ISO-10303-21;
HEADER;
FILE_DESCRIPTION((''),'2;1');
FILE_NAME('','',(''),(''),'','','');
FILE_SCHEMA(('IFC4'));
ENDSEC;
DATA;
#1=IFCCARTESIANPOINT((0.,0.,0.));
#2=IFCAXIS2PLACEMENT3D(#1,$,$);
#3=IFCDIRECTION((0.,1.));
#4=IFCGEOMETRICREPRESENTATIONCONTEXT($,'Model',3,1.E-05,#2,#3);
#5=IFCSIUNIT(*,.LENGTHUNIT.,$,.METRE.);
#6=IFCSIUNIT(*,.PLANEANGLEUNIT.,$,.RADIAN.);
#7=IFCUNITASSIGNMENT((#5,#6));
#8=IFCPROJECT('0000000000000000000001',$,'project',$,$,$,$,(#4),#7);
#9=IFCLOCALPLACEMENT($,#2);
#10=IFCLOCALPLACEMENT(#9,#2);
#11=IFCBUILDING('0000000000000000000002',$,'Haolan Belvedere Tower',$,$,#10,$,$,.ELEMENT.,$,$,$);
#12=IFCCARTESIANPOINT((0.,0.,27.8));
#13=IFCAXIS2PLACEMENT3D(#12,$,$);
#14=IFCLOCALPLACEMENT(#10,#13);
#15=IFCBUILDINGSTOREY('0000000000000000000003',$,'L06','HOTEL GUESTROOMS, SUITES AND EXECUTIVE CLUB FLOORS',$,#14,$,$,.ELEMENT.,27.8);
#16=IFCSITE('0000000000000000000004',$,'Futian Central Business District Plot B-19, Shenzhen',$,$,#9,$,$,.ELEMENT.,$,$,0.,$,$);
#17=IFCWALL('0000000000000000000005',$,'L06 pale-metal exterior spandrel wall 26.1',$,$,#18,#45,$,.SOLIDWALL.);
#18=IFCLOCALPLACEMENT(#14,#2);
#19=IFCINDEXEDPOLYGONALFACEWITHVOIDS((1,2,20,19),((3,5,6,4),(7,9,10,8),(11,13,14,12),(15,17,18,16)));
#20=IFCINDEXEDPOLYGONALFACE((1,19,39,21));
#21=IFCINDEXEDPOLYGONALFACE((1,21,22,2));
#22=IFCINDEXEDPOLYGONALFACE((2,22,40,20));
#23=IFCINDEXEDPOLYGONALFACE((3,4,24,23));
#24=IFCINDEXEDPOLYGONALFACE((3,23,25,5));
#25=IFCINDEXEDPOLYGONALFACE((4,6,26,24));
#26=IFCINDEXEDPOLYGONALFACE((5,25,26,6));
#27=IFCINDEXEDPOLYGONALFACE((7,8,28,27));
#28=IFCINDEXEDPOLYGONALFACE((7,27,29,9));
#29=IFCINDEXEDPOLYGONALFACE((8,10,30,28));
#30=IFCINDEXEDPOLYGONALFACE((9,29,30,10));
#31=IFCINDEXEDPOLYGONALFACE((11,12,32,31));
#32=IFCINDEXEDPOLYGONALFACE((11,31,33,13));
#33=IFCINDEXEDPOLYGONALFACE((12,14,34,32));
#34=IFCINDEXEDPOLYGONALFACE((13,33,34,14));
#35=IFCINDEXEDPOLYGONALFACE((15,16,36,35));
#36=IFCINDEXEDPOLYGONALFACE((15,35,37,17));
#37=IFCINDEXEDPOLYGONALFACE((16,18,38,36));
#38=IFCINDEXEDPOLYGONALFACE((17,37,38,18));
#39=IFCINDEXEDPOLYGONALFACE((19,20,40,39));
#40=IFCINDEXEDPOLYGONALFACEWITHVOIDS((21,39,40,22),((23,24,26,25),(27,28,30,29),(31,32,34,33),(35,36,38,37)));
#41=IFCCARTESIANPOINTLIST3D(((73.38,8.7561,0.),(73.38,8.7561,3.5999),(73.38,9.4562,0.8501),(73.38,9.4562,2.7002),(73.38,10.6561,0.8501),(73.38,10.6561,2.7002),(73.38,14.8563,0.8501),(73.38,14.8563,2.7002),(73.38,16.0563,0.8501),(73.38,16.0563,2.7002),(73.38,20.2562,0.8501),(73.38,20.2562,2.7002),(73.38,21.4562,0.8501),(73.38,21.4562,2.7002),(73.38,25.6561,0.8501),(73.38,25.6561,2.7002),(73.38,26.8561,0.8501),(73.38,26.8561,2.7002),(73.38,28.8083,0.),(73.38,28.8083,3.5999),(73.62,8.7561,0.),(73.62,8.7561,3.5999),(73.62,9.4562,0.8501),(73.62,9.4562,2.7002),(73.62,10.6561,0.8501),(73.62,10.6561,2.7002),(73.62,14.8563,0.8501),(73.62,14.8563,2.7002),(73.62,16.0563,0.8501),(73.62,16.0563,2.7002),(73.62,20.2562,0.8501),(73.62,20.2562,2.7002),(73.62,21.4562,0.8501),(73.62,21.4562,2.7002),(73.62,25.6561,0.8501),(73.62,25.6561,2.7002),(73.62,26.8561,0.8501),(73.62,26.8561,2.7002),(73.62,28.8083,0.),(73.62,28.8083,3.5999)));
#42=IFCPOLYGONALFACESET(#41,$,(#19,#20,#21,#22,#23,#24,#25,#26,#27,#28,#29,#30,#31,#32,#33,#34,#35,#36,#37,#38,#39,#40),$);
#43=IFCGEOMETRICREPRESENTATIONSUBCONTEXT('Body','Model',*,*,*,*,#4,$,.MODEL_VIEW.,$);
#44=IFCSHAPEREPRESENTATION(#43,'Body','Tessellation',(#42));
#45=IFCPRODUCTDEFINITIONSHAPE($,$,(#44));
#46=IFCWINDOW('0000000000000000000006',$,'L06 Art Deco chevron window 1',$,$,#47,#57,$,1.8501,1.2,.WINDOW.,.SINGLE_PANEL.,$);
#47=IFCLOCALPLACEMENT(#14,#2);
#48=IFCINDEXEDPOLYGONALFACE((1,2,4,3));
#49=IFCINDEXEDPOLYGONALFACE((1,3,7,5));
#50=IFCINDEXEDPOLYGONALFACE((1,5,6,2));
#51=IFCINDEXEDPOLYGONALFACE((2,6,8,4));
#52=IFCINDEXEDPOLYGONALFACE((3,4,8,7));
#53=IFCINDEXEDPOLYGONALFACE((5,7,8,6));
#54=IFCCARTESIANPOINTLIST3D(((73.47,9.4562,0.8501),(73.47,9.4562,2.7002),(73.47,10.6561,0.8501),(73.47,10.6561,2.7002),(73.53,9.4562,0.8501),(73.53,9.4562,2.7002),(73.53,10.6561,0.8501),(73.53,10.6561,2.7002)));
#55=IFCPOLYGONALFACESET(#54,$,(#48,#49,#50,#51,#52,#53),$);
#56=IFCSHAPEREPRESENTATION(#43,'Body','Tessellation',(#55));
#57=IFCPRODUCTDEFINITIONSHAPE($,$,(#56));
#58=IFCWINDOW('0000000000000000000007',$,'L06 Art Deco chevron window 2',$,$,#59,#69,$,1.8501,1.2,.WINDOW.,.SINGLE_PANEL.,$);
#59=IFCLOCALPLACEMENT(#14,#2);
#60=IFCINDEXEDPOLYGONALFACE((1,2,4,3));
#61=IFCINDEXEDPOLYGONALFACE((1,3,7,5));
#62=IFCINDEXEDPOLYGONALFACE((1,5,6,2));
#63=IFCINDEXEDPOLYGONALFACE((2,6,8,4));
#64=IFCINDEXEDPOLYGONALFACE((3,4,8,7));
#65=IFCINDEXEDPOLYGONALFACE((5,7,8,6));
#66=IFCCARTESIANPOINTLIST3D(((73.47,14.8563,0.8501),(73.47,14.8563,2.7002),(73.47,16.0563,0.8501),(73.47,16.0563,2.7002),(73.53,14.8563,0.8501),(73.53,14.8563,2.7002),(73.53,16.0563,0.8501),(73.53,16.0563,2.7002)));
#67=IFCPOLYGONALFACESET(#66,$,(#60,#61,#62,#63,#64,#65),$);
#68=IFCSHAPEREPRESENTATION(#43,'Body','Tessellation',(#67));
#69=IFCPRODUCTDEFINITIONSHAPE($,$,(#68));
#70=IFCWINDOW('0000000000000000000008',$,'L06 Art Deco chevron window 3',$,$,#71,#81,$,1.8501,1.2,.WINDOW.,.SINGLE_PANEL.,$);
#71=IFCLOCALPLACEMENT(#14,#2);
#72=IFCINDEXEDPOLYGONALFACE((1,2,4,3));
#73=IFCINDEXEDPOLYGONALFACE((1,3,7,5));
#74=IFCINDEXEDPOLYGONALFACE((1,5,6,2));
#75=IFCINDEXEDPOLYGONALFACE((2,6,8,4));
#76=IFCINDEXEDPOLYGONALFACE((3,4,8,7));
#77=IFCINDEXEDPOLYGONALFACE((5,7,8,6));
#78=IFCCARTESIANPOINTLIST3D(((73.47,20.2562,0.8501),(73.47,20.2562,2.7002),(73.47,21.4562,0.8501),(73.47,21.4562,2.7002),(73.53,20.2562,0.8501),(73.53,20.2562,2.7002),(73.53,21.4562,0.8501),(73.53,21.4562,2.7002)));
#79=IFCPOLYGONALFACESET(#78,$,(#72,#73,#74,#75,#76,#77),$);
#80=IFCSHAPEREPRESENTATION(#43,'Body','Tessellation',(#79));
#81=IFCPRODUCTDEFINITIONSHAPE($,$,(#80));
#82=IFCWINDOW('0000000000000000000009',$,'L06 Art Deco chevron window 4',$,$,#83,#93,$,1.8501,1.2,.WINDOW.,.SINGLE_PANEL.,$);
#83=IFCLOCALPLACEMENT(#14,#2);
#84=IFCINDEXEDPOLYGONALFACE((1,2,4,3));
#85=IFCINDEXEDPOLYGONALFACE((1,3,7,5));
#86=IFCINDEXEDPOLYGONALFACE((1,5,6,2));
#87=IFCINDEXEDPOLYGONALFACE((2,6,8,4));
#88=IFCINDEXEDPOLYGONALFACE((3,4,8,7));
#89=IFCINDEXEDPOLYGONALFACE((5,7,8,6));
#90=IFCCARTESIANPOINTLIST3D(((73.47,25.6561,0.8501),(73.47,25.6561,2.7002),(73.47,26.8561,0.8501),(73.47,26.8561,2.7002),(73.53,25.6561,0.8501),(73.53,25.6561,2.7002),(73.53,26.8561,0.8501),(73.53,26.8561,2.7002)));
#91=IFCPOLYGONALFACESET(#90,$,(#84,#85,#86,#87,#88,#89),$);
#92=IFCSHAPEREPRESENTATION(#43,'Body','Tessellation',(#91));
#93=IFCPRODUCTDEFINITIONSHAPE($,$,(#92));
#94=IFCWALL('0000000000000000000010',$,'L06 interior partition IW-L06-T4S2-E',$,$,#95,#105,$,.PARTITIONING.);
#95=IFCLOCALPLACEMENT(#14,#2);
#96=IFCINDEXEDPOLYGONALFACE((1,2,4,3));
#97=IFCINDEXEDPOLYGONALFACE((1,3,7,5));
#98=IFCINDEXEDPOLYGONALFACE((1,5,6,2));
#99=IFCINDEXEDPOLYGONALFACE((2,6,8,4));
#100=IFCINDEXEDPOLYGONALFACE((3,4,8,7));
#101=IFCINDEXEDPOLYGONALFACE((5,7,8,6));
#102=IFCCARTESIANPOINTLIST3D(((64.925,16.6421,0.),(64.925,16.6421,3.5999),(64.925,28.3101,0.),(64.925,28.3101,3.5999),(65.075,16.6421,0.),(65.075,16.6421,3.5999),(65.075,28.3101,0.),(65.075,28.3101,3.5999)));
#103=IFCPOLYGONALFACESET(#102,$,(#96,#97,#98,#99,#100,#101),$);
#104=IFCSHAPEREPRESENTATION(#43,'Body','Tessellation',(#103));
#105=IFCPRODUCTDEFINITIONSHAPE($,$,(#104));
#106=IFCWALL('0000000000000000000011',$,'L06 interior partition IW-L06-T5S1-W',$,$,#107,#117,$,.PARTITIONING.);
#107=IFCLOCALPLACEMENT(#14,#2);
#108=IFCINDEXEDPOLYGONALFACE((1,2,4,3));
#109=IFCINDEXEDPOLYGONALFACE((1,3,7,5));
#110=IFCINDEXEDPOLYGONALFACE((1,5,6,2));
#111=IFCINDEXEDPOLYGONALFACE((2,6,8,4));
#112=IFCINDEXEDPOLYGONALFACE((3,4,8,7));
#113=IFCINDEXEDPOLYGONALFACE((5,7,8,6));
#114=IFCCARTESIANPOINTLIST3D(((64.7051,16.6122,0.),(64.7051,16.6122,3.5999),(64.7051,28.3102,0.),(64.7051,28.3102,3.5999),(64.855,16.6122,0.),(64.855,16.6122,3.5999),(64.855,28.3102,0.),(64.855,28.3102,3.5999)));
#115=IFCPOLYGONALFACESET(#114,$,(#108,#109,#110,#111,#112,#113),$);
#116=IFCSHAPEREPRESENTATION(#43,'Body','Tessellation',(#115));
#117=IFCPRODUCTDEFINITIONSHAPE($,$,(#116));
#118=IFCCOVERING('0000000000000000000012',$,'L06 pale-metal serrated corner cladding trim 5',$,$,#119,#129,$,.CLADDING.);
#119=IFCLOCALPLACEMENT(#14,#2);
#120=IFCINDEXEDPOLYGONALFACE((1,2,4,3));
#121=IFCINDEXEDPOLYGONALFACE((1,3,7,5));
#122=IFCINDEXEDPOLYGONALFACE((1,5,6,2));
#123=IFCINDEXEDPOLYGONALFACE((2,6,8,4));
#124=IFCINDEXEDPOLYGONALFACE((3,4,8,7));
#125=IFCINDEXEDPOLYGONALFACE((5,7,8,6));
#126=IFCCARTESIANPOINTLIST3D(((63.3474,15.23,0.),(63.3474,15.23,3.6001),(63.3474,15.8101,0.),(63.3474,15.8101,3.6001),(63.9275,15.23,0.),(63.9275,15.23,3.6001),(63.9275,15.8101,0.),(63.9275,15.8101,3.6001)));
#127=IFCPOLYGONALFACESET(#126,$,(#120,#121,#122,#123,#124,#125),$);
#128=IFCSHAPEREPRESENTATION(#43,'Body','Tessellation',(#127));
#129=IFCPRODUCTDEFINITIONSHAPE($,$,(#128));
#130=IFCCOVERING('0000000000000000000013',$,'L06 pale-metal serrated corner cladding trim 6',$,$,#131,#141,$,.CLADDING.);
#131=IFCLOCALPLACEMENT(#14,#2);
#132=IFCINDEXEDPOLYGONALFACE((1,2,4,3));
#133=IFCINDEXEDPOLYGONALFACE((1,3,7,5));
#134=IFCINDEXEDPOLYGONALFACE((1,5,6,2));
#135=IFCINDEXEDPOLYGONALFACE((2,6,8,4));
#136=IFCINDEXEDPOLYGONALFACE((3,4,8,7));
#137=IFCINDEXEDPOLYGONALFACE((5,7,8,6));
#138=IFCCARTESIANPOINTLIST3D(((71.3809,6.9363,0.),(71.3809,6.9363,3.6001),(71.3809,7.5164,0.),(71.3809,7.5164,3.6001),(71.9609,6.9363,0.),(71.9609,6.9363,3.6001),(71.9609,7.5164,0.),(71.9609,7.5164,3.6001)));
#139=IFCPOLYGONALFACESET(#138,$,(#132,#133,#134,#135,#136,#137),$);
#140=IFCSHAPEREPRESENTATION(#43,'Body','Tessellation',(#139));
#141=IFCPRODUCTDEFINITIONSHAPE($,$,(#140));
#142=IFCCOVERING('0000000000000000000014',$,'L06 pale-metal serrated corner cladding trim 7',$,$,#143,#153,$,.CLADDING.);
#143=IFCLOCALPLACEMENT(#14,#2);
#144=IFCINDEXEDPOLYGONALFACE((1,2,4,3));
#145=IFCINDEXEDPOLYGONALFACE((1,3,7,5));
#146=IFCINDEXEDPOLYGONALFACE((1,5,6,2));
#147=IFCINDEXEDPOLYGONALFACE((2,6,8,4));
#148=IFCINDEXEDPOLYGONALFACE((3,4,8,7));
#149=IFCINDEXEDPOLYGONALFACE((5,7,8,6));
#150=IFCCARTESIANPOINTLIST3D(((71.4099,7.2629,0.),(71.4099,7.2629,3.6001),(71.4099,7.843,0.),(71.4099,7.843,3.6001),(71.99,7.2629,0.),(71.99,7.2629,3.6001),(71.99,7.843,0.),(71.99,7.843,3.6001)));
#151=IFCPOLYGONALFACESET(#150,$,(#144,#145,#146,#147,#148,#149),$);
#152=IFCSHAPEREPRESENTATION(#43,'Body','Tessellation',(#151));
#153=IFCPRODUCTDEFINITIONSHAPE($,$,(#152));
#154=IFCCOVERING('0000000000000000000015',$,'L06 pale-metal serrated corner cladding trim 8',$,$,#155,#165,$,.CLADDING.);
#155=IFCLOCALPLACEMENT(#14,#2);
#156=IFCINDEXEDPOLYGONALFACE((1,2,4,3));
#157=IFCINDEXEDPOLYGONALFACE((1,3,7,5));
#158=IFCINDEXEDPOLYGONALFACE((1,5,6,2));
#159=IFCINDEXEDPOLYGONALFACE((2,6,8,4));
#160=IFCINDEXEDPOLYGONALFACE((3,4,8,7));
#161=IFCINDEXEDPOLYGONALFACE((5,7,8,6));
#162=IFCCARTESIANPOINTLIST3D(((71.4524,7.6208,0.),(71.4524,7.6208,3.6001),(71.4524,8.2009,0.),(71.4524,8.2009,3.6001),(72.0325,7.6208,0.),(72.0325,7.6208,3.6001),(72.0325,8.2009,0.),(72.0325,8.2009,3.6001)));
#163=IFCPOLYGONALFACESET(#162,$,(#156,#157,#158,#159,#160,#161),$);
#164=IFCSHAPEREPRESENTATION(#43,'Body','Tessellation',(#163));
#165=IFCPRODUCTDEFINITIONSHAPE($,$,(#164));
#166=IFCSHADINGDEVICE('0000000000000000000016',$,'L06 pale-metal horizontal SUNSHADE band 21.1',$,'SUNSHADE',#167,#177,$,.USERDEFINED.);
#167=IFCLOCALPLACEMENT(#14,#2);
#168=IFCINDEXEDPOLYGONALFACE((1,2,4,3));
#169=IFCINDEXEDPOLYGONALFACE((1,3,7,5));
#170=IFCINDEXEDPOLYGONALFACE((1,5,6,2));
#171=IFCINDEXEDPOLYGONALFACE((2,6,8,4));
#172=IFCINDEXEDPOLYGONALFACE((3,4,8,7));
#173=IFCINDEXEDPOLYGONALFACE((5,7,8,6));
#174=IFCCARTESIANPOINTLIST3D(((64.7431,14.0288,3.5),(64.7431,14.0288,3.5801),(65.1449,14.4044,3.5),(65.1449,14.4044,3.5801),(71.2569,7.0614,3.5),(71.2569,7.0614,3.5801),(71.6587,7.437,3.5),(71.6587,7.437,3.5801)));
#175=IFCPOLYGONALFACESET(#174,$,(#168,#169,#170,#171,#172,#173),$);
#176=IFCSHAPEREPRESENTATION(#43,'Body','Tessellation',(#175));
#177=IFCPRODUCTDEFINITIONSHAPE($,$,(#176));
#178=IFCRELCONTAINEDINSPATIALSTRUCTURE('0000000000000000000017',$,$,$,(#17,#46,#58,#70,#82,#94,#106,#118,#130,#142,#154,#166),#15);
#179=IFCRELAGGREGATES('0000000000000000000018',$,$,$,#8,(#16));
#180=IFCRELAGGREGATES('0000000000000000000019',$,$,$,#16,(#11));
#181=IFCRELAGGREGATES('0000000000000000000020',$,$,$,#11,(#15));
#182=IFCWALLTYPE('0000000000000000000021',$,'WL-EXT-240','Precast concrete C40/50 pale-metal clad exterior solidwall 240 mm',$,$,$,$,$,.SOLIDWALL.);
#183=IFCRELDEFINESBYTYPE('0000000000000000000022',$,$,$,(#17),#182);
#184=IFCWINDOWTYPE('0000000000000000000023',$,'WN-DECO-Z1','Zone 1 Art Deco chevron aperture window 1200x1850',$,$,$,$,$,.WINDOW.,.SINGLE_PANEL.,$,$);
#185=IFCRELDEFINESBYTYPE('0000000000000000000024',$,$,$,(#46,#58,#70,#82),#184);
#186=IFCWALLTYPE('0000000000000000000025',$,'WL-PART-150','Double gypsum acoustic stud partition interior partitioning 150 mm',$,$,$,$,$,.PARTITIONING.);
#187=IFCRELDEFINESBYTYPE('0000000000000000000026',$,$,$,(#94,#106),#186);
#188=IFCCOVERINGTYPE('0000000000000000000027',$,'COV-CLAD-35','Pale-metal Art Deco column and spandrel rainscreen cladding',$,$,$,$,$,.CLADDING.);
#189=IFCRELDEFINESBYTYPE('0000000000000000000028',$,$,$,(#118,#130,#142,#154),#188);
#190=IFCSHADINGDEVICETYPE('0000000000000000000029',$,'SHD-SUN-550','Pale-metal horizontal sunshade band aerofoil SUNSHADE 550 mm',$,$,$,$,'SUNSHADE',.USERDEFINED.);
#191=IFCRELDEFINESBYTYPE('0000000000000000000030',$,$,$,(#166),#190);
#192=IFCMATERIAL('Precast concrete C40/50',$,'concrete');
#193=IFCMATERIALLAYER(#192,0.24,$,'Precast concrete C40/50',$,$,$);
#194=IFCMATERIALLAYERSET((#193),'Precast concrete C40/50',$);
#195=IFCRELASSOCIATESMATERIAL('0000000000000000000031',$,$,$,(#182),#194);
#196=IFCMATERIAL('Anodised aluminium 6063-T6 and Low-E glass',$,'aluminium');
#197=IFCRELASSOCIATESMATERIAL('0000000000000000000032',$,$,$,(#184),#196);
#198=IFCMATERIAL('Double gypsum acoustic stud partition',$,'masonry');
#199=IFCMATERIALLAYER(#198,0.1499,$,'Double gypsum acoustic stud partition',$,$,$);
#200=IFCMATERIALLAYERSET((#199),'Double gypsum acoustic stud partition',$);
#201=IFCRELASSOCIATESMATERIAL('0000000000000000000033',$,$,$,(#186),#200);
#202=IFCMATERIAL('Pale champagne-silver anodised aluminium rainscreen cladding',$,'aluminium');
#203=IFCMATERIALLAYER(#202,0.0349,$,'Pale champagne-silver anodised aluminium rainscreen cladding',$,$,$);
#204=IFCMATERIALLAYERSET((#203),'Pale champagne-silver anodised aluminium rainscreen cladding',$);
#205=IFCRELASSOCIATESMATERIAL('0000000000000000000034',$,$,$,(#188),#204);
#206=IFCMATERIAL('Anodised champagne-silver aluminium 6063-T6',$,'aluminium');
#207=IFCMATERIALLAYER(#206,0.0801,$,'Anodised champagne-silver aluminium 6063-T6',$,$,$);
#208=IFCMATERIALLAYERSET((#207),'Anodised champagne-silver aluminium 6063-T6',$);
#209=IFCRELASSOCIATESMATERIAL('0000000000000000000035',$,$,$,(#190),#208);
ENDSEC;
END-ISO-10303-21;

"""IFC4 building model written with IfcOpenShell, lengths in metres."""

from ifc_helpers import new_model, si_unit, direction, frame, frame_2d, origin, origin_2d, place, context, subcontext, project, spatial, rectangle, extrude, material, layer, layer_set, type_object, element, fill, save


model = new_model("IFC4")

# Units and contexts
model_context = context("Model", 3, precision=1e-05, world=origin(), true_north=direction((0.0, 1.0)))
body_context = subcontext(model_context, "Body", "Model", "MODEL_VIEW")
ifc_project = project(units=[si_unit("LENGTHUNIT", "METRE"), si_unit("PLANEANGLEUNIT", "RADIAN")], contexts=[model_context])

# Site, building, storey
site_placement = place(None, origin())
site = spatial("IfcSite", under=ifc_project, at=site_placement, Name="Futian Central Business District Plot B-19, Shenzhen", CompositionType="ELEMENT", RefElevation=0.0)
building_placement = place(site_placement, origin())
building = spatial("IfcBuilding", under=site, at=building_placement, Name="Haolan Belvedere Tower", CompositionType="ELEMENT")
storey_placement = place(building_placement, frame((0.0, 0.0, 27.8)))
storey = spatial("IfcBuildingStorey", under=building, at=storey_placement, Name="L06", Description="HOTEL GUESTROOMS, SUITES AND EXECUTIVE CLUB FLOORS", CompositionType="ELEMENT", Elevation=27.8)

# Shared definitions
ifc_material_1 = material(Name="Precast concrete C40/50", Category="concrete")
ifc_layer_1 = layer(ifc_material_1, 0.24, Name="Precast concrete C40/50")
ifc_layer_set_1 = layer_set([ifc_layer_1], Name="Precast concrete C40/50")
wall_type_1 = type_object("IfcWallType", Name="WL-EXT-240", Description="Precast concrete C40/50 pale-metal clad exterior solidwall 240 mm", PredefinedType="SOLIDWALL", material=ifc_layer_set_1)

# Shared definitions
ifc_material_2 = material(Name="Anodised aluminium 6063-T6 and Low-E glass", Category="aluminium")
window_type = type_object("IfcWindowType", Name="WN-DECO-Z1", Description="Zone 1 Art Deco chevron aperture window 1200x1850", PartitioningType="SINGLE_PANEL", PredefinedType="WINDOW", material=ifc_material_2)

# Wall, openings, windows
wall_1_placement = place(storey_placement, frame((73.5, 8.7561, 0.0), z_axis=(0.0, 0.0, 1.0), x_axis=(0.0, 1.0, 0.0)))
wall_1 = element("IfcWall", 1, at=wall_1_placement, inside=storey, type_object=wall_type_1, Name="L06 pale-metal exterior spandrel wall 26.1", PredefinedType="SOLIDWALL", context=body_context, shape_type="SweptSolid", body=[
    extrude(rectangle(XDim=20.0522, YDim=0.24, at=frame_2d((10.0261, 0.0))), origin(), (0.0, 0.0, 1.0), 3.5999),
])
opening_1_placement = place(wall_1_placement, frame((0.7, 0.0, 0.8501)))
opening_1 = element("IfcOpeningElement", 2, at=opening_1_placement, cuts=wall_1, PredefinedType="OPENING", context=body_context, shape_type="SweptSolid", body=[
    extrude(rectangle(XDim=1.2, YDim=1.8501, at=frame_2d((0.6001, 0.925))), frame((0.0, 0.1299, 0.0), z_axis=(0.0, -1.0, 0.0), x_axis=(1.0, 0.0, 0.0)), (0.0, 0.0, 1.0), 0.26),
])
opening_2_placement = place(wall_1_placement, frame((6.1001, 0.0, 0.8501)))
opening_2 = element("IfcOpeningElement", 3, at=opening_2_placement, cuts=wall_1, PredefinedType="OPENING", context=body_context, shape_type="SweptSolid", body=[
    extrude(rectangle(XDim=1.2, YDim=1.8501, at=frame_2d((0.6001, 0.925))), frame((0.0, 0.1299, 0.0), z_axis=(0.0, -1.0, 0.0), x_axis=(1.0, 0.0, 0.0)), (0.0, 0.0, 1.0), 0.26),
])
opening_3_placement = place(wall_1_placement, frame((11.5, 0.0, 0.8501)))
opening_3 = element("IfcOpeningElement", 4, at=opening_3_placement, cuts=wall_1, PredefinedType="OPENING", context=body_context, shape_type="SweptSolid", body=[
    extrude(rectangle(XDim=1.2, YDim=1.8501, at=frame_2d((0.6001, 0.925))), frame((0.0, 0.1299, 0.0), z_axis=(0.0, -1.0, 0.0), x_axis=(1.0, 0.0, 0.0)), (0.0, 0.0, 1.0), 0.26),
])
opening_4_placement = place(wall_1_placement, frame((16.8999, 0.0, 0.8501)))
opening_4 = element("IfcOpeningElement", 5, at=opening_4_placement, cuts=wall_1, PredefinedType="OPENING", context=body_context, shape_type="SweptSolid", body=[
    extrude(rectangle(XDim=1.2, YDim=1.8501, at=frame_2d((0.6001, 0.925))), frame((0.0, 0.1299, 0.0), z_axis=(0.0, -1.0, 0.0), x_axis=(1.0, 0.0, 0.0)), (0.0, 0.0, 1.0), 0.26),
])
window_1_placement = place(opening_1_placement, origin())
window_1 = element("IfcWindow", 6, at=window_1_placement, inside=storey, type_object=window_type, Name="L06 Art Deco chevron window 1", OverallHeight=1.8501, OverallWidth=1.2, PartitioningType="SINGLE_PANEL", PredefinedType="WINDOW", context=body_context, shape_type="SweptSolid", body=[
    extrude(rectangle(XDim=1.2, YDim=1.8501, at=frame_2d((0.6001, 0.925))), frame((0.0, 0.03, 0.0), z_axis=(0.0, -1.0, 0.0), x_axis=(1.0, 0.0, 0.0)), (0.0, 0.0, 1.0), 0.0601),
])
fill(opening_1, window_1)
window_2_placement = place(opening_2_placement, origin())
window_2 = element("IfcWindow", 7, at=window_2_placement, inside=storey, type_object=window_type, Name="L06 Art Deco chevron window 2", OverallHeight=1.8501, OverallWidth=1.2, PartitioningType="SINGLE_PANEL", PredefinedType="WINDOW", context=body_context, shape_type="SweptSolid", body=[
    extrude(rectangle(XDim=1.2, YDim=1.8501, at=frame_2d((0.6001, 0.925))), frame((0.0, 0.03, 0.0), z_axis=(0.0, -1.0, 0.0), x_axis=(1.0, 0.0, 0.0)), (0.0, 0.0, 1.0), 0.0601),
])
fill(opening_2, window_2)
window_3_placement = place(opening_3_placement, origin())
window_3 = element("IfcWindow", 8, at=window_3_placement, inside=storey, type_object=window_type, Name="L06 Art Deco chevron window 3", OverallHeight=1.8501, OverallWidth=1.2, PartitioningType="SINGLE_PANEL", PredefinedType="WINDOW", context=body_context, shape_type="SweptSolid", body=[
    extrude(rectangle(XDim=1.2, YDim=1.8501, at=frame_2d((0.6001, 0.925))), frame((0.0, 0.03, 0.0), z_axis=(0.0, -1.0, 0.0), x_axis=(1.0, 0.0, 0.0)), (0.0, 0.0, 1.0), 0.0601),
])
fill(opening_3, window_3)
window_4_placement = place(opening_4_placement, origin())
window_4 = element("IfcWindow", 9, at=window_4_placement, inside=storey, type_object=window_type, Name="L06 Art Deco chevron window 4", OverallHeight=1.8501, OverallWidth=1.2, PartitioningType="SINGLE_PANEL", PredefinedType="WINDOW", context=body_context, shape_type="SweptSolid", body=[
    extrude(rectangle(XDim=1.2, YDim=1.8501, at=frame_2d((0.6001, 0.925))), frame((0.0, 0.03, 0.0), z_axis=(0.0, -1.0, 0.0), x_axis=(1.0, 0.0, 0.0)), (0.0, 0.0, 1.0), 0.0601),
])
fill(opening_4, window_4)

# Walls
ifc_material_3 = material(Name="Double gypsum acoustic stud partition", Category="masonry")
ifc_layer_2 = layer(ifc_material_3, 0.1499, Name="Double gypsum acoustic stud partition")
ifc_layer_set_2 = layer_set([ifc_layer_2], Name="Double gypsum acoustic stud partition")
wall_type_2 = type_object("IfcWallType", Name="WL-PART-150", Description="Double gypsum acoustic stud partition interior partitioning 150 mm", PredefinedType="PARTITIONING", material=ifc_layer_set_2)
wall_2_placement = place(storey_placement, frame((65.0, 16.6421, 0.0), z_axis=(0.0, 0.0, 1.0), x_axis=(0.0, 1.0, 0.0)))
element("IfcWall", 10, at=wall_2_placement, inside=storey, type_object=wall_type_2, Name="L06 interior partition IW-L06-T4S2-E", PredefinedType="PARTITIONING", context=body_context, shape_type="SweptSolid", body=[
    extrude(rectangle(XDim=11.668, YDim=0.1499, at=frame_2d((5.834, 0.0))), origin(), (0.0, 0.0, 1.0), 3.5999),
])
wall_3_placement = place(storey_placement, frame((64.78, 16.6121, 0.0), z_axis=(0.0, 0.0, 1.0), x_axis=(0.0, 1.0, 0.0)))
element("IfcWall", 11, at=wall_3_placement, inside=storey, type_object=wall_type_2, Name="L06 interior partition IW-L06-T5S1-W", PredefinedType="PARTITIONING", context=body_context, shape_type="SweptSolid", body=[
    extrude(rectangle(XDim=11.698, YDim=0.1499, at=frame_2d((5.8491, 0.0))), origin(), (0.0, 0.0, 1.0), 3.5999),
])

# Coverings
ifc_material_4 = material(Name="Pale champagne-silver anodised aluminium rainscreen cladding", Category="aluminium")
ifc_layer_3 = layer(ifc_material_4, 0.0349, Name="Pale champagne-silver anodised aluminium rainscreen cladding")
ifc_layer_set_3 = layer_set([ifc_layer_3], Name="Pale champagne-silver anodised aluminium rainscreen cladding")
covering_type = type_object("IfcCoveringType", Name="COV-CLAD-35", Description="Pale-metal Art Deco column and spandrel rainscreen cladding", PredefinedType="CLADDING", material=ifc_layer_set_3)
for number, where, z_axis, x_axis, name in (
    (12, (63.6375, 15.52, 0.0), (0.0, 0.0, 1.0), (1.0, 0.0, 0.0), "L06 pale-metal serrated corner cladding trim 5"),
    (13, (71.6709, 7.2263, 0.0), (0.0, 0.0, 1.0), (1.0, 0.0, 0.0), "L06 pale-metal serrated corner cladding trim 6"),
    (14, (71.7, 7.553, 0.0), (0.0, 0.0, 1.0), (1.0, 0.0, 0.0), "L06 pale-metal serrated corner cladding trim 7"),
    (15, (71.7424, 7.9109, 0.0), (0.0, 0.0, 1.0), (1.0, 0.0, 0.0), "L06 pale-metal serrated corner cladding trim 8"),
):
    element("IfcCovering", number, at=place(storey_placement, frame(where, z_axis=z_axis, x_axis=x_axis)), inside=storey, type_object=covering_type, Name=name, PredefinedType="CLADDING", context=body_context, shape_type="SweptSolid", body=[
        extrude(rectangle(XDim=0.5801, YDim=0.5801, at=origin_2d()), origin(), (0.0, 0.0, 1.0), 3.6001),
    ])

# Shading device
ifc_material_5 = material(Name="Anodised champagne-silver aluminium 6063-T6", Category="aluminium")
ifc_layer_4 = layer(ifc_material_5, 0.0801, Name="Anodised champagne-silver aluminium 6063-T6")
ifc_layer_set_4 = layer_set([ifc_layer_4], Name="Anodised champagne-silver aluminium 6063-T6")
shading_device_type = type_object("IfcShadingDeviceType", Name="SHD-SUN-550", Description="Pale-metal horizontal sunshade band aerofoil SUNSHADE 550 mm", ElementType="SUNSHADE", PredefinedType="USERDEFINED", material=ifc_layer_set_4)
shading_device_placement = place(storey_placement, frame((68.2009, 10.7329, 3.5), z_axis=(0.0, 0.0, 1.0), x_axis=(0.68293, -0.730484, 0.0)))
element("IfcShadingDevice", 16, at=shading_device_placement, inside=storey, type_object=shading_device_type, Name="L06 pale-metal horizontal SUNSHADE band 21.1", ObjectType="SUNSHADE", PredefinedType="USERDEFINED", context=body_context, shape_type="SweptSolid", body=[
    extrude(rectangle(XDim=9.5381, YDim=0.55, at=origin_2d()), origin(), (0.0, 0.0, 1.0), 0.0801),
])

save(model, "model.ifc")
